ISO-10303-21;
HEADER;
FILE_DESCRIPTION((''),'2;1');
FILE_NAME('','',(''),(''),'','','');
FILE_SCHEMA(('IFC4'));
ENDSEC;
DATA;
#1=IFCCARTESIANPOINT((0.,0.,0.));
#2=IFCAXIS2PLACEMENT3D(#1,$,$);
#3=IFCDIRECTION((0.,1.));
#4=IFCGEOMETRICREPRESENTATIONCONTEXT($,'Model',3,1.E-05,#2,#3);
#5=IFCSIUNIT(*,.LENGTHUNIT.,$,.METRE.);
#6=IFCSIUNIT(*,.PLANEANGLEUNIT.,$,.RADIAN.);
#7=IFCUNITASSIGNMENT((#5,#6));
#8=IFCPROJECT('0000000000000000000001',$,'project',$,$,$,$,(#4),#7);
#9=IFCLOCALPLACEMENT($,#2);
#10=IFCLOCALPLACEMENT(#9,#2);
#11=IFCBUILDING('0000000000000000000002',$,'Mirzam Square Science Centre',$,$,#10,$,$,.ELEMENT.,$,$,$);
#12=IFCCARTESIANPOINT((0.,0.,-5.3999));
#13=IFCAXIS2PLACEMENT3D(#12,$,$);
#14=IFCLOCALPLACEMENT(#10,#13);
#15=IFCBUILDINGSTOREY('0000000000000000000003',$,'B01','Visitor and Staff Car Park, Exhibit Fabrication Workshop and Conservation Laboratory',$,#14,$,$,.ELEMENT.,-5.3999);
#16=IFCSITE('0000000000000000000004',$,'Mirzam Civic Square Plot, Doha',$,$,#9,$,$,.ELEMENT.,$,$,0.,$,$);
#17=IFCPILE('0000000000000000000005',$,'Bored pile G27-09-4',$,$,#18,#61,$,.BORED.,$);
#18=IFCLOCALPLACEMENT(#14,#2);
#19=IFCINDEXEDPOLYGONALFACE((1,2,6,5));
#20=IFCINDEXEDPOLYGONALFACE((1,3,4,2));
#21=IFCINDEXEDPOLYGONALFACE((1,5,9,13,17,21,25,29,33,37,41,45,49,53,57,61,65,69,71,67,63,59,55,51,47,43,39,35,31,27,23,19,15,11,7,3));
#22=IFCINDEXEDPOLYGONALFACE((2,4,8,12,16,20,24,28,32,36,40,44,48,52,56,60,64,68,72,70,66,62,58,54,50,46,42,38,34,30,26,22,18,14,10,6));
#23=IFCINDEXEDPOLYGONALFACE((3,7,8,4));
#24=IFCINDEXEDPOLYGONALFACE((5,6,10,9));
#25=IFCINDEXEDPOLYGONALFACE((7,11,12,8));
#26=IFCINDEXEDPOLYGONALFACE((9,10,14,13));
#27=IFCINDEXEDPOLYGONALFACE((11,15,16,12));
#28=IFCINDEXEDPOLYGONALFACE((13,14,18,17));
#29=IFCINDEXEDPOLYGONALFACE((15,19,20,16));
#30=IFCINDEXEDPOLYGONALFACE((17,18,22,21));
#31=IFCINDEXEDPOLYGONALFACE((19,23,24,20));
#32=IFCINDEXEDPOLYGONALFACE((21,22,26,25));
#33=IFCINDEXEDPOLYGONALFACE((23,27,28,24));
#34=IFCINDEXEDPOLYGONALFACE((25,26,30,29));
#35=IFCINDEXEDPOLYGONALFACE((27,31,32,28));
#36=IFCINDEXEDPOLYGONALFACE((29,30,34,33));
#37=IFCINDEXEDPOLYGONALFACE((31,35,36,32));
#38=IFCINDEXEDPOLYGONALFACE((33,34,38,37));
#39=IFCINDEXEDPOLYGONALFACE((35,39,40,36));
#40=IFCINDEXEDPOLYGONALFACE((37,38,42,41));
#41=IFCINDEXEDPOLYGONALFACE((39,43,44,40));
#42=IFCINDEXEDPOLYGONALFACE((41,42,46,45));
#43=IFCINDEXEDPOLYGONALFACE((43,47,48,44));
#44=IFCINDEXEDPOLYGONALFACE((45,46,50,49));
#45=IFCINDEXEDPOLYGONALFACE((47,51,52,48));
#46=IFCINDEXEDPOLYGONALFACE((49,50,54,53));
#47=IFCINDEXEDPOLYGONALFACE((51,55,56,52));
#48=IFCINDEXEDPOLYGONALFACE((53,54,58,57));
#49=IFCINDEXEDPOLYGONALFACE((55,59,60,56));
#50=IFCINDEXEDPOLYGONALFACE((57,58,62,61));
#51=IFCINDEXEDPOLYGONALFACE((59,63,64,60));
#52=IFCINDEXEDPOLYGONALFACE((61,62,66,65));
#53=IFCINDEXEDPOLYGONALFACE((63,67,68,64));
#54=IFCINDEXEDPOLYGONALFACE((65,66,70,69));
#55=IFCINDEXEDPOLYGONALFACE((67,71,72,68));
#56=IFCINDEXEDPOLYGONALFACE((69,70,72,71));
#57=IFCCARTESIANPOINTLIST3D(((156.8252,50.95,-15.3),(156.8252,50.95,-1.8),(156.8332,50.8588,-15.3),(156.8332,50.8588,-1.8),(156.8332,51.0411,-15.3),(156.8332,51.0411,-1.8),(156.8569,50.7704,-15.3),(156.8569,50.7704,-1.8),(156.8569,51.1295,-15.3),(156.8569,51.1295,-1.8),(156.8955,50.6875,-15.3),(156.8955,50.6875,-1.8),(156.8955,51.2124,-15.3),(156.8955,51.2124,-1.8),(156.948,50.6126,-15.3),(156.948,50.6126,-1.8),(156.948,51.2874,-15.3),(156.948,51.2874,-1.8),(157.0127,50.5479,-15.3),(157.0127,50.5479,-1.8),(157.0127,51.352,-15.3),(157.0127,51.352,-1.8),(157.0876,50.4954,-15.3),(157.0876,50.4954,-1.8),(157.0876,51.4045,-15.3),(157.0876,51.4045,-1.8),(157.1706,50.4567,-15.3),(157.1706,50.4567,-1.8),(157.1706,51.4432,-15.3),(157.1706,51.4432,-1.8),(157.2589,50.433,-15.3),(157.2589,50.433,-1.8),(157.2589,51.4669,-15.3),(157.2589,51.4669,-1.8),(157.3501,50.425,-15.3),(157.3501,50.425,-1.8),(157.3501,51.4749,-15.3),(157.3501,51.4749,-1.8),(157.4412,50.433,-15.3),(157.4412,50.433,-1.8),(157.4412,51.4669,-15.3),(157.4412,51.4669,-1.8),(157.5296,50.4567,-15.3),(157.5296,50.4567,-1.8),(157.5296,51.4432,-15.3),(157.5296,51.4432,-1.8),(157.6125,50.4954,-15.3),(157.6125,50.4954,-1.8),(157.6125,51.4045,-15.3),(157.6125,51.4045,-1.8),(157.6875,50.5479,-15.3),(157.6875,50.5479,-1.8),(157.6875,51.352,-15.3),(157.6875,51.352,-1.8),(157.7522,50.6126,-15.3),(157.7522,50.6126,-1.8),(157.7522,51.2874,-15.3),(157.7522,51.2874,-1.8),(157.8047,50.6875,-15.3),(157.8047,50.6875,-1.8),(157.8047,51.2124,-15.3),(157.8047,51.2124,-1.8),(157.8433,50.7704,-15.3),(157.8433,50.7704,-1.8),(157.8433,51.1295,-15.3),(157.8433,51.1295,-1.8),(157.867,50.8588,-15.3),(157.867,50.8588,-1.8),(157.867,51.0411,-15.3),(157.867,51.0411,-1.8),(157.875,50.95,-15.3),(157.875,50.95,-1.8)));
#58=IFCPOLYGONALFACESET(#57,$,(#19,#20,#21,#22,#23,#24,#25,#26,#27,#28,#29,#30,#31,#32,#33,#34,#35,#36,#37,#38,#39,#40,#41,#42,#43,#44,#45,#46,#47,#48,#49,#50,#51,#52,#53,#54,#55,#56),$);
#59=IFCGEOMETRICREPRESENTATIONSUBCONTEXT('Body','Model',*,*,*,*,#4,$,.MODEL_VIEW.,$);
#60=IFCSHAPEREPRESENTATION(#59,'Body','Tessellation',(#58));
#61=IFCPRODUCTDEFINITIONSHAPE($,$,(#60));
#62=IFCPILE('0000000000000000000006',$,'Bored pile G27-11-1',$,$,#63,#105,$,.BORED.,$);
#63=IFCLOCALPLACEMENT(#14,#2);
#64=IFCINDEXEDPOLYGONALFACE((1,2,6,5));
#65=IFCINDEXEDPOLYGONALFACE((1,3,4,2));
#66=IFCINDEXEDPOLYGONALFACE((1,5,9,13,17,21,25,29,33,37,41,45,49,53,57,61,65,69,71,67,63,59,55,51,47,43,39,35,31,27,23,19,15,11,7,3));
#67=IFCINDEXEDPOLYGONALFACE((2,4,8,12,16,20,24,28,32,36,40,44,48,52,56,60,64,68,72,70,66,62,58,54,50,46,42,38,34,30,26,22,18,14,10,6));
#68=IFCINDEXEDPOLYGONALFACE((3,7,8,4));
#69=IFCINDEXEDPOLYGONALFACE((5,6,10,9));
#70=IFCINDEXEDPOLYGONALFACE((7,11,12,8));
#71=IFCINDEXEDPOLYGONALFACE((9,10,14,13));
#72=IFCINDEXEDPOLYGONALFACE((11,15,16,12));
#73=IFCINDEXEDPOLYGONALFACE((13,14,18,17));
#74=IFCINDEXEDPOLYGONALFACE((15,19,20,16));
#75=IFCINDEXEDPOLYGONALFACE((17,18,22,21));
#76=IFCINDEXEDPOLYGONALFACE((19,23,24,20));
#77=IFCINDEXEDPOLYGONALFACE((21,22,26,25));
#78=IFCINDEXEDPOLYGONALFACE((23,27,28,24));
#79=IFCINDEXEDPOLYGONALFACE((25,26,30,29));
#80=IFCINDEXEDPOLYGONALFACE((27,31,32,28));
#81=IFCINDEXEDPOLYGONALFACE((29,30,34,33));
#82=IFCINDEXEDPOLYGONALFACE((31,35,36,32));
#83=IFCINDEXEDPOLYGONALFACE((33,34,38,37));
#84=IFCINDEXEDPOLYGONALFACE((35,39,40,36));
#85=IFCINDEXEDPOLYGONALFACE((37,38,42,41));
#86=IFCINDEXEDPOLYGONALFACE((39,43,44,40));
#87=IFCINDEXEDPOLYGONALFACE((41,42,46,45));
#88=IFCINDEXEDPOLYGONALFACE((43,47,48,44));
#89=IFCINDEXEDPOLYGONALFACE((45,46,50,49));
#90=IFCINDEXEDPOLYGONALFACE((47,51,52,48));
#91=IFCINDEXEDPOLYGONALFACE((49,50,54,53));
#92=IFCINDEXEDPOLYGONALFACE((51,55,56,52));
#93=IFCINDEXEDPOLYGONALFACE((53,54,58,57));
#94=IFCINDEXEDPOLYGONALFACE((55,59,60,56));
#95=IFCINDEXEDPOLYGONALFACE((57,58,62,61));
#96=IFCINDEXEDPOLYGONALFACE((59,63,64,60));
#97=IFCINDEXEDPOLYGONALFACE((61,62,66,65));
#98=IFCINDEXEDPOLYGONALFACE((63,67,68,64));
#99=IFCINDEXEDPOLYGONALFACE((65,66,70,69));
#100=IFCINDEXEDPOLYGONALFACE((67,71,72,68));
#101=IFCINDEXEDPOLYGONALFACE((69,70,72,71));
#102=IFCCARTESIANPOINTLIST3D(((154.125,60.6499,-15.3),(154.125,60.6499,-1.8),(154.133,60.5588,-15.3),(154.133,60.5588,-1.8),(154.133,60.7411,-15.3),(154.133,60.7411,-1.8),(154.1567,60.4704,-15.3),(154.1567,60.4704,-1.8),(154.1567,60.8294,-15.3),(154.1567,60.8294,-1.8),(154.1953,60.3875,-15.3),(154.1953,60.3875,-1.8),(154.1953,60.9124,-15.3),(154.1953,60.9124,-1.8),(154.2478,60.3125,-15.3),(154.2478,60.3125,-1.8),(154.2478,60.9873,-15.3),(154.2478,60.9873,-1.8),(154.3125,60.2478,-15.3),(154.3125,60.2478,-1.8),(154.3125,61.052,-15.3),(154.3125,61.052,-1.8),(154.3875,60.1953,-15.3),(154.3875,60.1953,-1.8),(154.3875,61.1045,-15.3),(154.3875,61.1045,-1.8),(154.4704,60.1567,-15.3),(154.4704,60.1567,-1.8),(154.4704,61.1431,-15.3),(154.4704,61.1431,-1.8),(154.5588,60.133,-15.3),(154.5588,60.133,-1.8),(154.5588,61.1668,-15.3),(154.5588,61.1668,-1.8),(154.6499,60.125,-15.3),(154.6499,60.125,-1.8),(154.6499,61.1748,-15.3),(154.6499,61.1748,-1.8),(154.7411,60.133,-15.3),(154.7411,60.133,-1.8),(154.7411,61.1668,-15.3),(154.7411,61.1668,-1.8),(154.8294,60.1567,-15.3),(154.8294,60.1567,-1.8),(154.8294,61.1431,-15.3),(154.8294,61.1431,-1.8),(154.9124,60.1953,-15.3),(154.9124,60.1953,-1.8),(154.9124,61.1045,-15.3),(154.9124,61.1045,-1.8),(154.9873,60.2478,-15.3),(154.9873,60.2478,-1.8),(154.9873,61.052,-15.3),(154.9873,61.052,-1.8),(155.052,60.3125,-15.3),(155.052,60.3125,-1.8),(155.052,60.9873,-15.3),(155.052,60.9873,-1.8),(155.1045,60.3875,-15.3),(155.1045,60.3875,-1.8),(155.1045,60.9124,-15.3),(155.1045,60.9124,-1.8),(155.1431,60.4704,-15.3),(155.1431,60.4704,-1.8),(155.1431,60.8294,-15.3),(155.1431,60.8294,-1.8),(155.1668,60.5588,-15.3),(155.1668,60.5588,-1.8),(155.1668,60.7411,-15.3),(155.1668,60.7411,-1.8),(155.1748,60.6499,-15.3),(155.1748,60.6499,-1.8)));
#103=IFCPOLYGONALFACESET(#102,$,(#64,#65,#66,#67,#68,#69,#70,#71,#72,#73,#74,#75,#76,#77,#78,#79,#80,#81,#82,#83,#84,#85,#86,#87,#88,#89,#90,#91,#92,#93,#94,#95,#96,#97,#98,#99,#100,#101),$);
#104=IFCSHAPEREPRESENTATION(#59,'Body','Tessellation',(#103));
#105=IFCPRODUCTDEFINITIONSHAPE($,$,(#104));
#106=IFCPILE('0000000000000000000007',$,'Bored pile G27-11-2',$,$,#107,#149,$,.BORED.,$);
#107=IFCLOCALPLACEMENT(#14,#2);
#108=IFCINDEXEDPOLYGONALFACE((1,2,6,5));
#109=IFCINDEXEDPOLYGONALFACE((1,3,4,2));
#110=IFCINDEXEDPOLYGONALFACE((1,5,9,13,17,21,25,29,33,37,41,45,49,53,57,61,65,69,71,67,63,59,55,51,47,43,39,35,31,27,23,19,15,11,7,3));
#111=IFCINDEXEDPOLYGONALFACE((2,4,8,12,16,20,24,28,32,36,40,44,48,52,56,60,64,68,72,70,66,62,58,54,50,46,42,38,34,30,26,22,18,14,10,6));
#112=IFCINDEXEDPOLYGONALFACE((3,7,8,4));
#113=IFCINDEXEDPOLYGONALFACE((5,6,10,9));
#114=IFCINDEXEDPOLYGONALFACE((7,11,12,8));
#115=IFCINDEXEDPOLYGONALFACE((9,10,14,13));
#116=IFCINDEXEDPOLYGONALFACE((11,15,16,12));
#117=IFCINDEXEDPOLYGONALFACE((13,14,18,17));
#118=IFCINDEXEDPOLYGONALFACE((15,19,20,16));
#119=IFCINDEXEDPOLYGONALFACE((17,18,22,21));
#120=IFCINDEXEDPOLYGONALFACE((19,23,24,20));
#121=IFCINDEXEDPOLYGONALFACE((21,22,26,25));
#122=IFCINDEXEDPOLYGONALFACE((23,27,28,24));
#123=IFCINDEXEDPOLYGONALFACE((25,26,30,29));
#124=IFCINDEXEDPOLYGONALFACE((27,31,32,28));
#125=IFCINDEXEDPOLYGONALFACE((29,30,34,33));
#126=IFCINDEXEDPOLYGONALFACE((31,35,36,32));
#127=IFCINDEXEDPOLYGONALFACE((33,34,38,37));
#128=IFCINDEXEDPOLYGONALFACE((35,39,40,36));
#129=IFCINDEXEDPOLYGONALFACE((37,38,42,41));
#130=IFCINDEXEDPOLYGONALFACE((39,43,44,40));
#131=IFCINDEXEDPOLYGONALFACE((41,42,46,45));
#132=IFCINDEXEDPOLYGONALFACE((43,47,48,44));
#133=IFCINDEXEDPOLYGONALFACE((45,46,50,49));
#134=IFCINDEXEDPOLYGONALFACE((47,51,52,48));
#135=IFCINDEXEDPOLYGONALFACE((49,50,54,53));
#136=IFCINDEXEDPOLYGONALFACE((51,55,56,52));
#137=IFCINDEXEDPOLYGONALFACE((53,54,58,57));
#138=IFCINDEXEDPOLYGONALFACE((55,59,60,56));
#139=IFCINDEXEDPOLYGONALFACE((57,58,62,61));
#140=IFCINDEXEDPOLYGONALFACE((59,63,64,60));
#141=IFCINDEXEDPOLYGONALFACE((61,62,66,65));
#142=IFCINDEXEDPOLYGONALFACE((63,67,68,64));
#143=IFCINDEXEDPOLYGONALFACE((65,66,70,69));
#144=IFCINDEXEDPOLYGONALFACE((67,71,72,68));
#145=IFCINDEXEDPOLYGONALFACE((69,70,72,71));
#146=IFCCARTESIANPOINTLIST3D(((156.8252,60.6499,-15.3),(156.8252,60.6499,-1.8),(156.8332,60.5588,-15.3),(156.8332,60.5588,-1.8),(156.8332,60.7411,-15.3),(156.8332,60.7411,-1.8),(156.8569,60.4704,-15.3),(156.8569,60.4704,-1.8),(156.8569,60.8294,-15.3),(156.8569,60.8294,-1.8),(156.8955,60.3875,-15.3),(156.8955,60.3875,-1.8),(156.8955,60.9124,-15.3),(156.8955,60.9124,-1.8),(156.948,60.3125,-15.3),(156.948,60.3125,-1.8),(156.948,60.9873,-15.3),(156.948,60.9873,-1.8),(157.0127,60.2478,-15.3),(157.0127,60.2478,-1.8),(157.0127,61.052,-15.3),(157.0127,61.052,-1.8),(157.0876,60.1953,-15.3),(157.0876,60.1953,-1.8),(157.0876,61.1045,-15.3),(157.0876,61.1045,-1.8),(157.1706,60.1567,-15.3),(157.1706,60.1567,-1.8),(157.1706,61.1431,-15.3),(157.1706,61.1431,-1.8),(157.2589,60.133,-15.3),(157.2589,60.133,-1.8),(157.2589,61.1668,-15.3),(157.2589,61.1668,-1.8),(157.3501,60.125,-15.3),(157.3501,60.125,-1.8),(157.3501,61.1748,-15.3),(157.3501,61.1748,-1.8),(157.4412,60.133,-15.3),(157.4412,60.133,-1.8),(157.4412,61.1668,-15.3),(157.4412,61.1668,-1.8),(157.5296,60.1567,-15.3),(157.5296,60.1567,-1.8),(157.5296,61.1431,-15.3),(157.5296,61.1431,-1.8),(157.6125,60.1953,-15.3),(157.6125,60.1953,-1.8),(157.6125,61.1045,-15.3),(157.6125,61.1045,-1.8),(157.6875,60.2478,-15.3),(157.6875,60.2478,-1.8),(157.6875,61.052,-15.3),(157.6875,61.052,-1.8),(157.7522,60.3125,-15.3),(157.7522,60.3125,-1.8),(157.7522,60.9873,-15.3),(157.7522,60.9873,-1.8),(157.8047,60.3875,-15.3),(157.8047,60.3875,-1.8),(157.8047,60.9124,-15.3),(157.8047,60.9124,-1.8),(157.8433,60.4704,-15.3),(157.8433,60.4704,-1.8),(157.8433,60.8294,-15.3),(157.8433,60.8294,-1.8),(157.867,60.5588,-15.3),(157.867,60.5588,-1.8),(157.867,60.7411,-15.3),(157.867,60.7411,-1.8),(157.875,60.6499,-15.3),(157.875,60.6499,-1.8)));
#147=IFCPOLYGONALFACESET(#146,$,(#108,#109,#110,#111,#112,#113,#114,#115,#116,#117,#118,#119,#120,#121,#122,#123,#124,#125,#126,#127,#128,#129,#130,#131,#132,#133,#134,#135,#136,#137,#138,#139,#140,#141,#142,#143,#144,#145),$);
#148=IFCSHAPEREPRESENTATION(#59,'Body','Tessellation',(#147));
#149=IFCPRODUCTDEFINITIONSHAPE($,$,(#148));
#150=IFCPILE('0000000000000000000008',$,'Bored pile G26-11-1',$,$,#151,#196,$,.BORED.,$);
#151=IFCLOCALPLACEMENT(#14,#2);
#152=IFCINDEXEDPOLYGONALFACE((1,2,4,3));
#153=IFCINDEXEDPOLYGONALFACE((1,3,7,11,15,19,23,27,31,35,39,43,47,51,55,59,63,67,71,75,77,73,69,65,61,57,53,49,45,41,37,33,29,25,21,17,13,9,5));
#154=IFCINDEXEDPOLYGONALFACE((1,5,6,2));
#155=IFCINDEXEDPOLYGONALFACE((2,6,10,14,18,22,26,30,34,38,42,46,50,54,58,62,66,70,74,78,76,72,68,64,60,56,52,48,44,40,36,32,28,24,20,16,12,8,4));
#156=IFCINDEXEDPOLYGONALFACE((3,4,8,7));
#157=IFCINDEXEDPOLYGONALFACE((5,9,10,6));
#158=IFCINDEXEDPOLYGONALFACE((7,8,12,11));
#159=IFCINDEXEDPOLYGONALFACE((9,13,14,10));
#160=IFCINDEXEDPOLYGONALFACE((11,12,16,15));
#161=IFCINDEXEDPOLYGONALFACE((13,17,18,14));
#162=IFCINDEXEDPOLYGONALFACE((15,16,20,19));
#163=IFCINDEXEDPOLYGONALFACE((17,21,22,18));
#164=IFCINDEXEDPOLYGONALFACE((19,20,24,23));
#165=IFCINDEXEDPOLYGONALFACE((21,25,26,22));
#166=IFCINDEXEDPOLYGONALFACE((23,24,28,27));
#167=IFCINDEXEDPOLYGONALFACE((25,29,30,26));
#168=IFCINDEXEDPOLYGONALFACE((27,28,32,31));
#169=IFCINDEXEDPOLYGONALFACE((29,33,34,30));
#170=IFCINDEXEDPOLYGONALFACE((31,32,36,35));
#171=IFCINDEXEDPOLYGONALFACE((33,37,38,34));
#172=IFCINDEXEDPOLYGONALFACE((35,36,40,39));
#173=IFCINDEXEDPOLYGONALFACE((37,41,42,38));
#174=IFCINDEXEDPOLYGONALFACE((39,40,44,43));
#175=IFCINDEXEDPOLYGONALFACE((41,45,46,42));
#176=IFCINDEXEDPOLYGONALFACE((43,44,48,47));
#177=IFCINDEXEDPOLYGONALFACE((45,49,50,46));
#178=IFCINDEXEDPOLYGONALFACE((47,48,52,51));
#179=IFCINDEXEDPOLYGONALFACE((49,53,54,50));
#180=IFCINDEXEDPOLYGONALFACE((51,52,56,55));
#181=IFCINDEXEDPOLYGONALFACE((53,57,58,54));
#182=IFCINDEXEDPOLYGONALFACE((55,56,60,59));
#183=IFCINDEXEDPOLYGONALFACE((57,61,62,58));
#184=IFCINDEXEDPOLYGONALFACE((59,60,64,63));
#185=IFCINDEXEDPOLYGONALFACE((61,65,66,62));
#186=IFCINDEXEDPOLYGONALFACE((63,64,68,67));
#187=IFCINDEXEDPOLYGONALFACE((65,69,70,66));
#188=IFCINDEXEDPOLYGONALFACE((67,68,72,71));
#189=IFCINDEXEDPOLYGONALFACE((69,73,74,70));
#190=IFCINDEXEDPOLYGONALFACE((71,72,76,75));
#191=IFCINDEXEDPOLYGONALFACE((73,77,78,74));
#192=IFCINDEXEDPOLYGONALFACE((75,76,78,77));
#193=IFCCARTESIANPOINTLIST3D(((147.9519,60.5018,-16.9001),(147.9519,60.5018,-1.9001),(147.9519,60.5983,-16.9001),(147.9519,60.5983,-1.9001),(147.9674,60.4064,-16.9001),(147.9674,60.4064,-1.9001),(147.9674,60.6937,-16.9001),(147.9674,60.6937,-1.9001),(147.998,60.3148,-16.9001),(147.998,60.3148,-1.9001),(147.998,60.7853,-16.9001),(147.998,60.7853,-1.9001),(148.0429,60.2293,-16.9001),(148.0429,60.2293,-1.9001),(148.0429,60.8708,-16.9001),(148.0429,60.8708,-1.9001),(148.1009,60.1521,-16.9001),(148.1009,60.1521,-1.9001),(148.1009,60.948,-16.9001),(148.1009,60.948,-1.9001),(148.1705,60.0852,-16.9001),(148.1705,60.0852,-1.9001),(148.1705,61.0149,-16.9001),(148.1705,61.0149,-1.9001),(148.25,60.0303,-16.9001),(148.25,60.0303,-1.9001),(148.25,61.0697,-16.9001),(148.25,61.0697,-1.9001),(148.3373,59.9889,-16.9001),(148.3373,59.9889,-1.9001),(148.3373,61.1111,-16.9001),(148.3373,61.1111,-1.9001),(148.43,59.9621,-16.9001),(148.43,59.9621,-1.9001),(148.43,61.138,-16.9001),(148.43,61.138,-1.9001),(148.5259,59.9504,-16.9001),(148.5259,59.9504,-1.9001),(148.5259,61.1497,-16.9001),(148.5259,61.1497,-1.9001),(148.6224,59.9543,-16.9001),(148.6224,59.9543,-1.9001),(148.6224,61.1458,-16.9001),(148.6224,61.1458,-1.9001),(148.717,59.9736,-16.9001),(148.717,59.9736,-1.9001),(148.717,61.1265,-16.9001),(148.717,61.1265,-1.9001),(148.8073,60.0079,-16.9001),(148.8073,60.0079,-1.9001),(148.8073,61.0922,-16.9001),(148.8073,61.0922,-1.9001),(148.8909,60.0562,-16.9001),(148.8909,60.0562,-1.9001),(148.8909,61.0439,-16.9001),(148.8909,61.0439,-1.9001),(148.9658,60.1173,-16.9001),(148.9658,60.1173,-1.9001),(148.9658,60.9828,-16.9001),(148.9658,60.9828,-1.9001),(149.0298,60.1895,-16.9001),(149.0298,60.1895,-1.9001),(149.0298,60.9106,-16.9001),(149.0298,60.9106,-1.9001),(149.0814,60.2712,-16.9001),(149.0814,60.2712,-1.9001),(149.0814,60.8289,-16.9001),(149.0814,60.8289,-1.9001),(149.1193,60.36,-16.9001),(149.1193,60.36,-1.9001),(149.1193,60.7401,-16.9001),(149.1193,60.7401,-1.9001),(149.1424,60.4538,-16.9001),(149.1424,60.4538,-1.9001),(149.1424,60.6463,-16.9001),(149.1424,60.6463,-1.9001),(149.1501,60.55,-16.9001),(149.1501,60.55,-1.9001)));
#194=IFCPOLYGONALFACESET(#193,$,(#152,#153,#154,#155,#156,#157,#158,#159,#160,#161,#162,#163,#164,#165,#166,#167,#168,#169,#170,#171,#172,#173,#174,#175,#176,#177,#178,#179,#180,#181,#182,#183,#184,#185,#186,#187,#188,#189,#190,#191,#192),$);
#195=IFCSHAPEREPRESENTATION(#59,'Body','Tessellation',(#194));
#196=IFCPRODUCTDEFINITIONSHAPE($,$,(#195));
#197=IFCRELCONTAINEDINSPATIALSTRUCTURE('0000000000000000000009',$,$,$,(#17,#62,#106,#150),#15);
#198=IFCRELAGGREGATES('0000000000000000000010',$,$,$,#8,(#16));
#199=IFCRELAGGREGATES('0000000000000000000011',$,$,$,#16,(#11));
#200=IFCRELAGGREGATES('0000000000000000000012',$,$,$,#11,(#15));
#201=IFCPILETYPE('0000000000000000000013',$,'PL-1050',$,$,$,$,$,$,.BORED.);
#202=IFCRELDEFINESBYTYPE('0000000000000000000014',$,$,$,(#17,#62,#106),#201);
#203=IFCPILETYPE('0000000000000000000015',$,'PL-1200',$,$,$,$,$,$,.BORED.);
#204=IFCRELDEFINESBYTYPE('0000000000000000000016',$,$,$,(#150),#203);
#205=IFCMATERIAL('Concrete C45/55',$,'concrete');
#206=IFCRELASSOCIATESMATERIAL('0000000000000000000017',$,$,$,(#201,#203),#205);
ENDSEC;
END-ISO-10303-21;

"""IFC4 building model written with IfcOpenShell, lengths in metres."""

from ifc_helpers import new_model, si_unit, direction, frame, origin, origin_2d, place, context, subcontext, project, spatial, circle, extrude, material, material_profile, profile_set, type_object, element, save


model = new_model("IFC4")

# Units and contexts
model_context = context("Model", 3, precision=1e-05, world=origin(), true_north=direction((0.0, 1.0)))
body_context = subcontext(model_context, "Body", "Model", "MODEL_VIEW")
ifc_project = project(units=[si_unit("LENGTHUNIT", "METRE"), si_unit("PLANEANGLEUNIT", "RADIAN")], contexts=[model_context])

# Site, building, storey
site_placement = place(None, origin())
site = spatial("IfcSite", under=ifc_project, at=site_placement, Name="Mirzam Civic Square Plot, Doha", CompositionType="ELEMENT", RefElevation=0.0)
building_placement = place(site_placement, origin())
building = spatial("IfcBuilding", under=site, at=building_placement, Name="Mirzam Square Science Centre", CompositionType="ELEMENT")
storey_placement = place(building_placement, frame((0.0, 0.0, -5.3999)))
storey = spatial("IfcBuildingStorey", under=building, at=storey_placement, Name="B01", Description="Visitor and Staff Car Park, Exhibit Fabrication Workshop and Conservation Laboratory", CompositionType="ELEMENT", Elevation=-5.3999)

# Shared definitions
ifc_material_1 = material(Name="Concrete C45/55", Category="concrete")

# Piles
ifc_material_profile_1 = material_profile(ifc_material_1, circle(Radius=0.5249, at=origin_2d()), Name="PILE-D1050")
ifc_profile_set_1 = profile_set([ifc_material_profile_1], Name="Concrete C45/55")
pile_type_1 = type_object("IfcPileType", Name="PL-1050", PredefinedType="BORED", material=ifc_profile_set_1)
for number, where, z_axis, x_axis, name in (
    (1, (157.3501, 50.95, -1.8), (0.0, 0.0, -1.0), (1.0, 0.0, 0.0), "Bored pile G27-09-4"),
    (2, (154.6499, 60.6499, -1.8), (0.0, 0.0, -1.0), (1.0, 0.0, 0.0), "Bored pile G27-11-1"),
    (3, (157.3501, 60.6499, -1.8), (0.0, 0.0, -1.0), (1.0, 0.0, 0.0), "Bored pile G27-11-2"),
):
    element("IfcPile", number, at=place(storey_placement, frame(where, z_axis=z_axis, x_axis=x_axis)), inside=storey, type_object=pile_type_1, Name=name, PredefinedType="BORED", context=body_context, shape_type="SweptSolid", body=[
        extrude(circle(Radius=0.5249, at=origin_2d()), origin(), (0.0, 0.0, 1.0), 13.5),
    ])
ifc_material_profile_2 = material_profile(ifc_material_1, circle(Radius=0.6001, at=origin_2d()), Name="PILE-D1200")
ifc_profile_set_2 = profile_set([ifc_material_profile_2], Name="Concrete C45/55")
pile_type_2 = type_object("IfcPileType", Name="PL-1200", PredefinedType="BORED", material=ifc_profile_set_2)
for number, where, z_axis, x_axis, name in (
    (4, (148.55, 60.55, -1.9001), (0.0, 0.0, -1.0), (1.0, 0.0, 0.0), "Bored pile G26-11-1"),
):
    element("IfcPile", number, at=place(storey_placement, frame(where, z_axis=z_axis, x_axis=x_axis)), inside=storey, type_object=pile_type_2, Name=name, PredefinedType="BORED", context=body_context, shape_type="SweptSolid", body=[
        extrude(circle(Radius=0.6001, at=origin_2d()), origin(), (0.0, 0.0, 1.0), 15.0),
    ])

save(model, "model.ifc")
